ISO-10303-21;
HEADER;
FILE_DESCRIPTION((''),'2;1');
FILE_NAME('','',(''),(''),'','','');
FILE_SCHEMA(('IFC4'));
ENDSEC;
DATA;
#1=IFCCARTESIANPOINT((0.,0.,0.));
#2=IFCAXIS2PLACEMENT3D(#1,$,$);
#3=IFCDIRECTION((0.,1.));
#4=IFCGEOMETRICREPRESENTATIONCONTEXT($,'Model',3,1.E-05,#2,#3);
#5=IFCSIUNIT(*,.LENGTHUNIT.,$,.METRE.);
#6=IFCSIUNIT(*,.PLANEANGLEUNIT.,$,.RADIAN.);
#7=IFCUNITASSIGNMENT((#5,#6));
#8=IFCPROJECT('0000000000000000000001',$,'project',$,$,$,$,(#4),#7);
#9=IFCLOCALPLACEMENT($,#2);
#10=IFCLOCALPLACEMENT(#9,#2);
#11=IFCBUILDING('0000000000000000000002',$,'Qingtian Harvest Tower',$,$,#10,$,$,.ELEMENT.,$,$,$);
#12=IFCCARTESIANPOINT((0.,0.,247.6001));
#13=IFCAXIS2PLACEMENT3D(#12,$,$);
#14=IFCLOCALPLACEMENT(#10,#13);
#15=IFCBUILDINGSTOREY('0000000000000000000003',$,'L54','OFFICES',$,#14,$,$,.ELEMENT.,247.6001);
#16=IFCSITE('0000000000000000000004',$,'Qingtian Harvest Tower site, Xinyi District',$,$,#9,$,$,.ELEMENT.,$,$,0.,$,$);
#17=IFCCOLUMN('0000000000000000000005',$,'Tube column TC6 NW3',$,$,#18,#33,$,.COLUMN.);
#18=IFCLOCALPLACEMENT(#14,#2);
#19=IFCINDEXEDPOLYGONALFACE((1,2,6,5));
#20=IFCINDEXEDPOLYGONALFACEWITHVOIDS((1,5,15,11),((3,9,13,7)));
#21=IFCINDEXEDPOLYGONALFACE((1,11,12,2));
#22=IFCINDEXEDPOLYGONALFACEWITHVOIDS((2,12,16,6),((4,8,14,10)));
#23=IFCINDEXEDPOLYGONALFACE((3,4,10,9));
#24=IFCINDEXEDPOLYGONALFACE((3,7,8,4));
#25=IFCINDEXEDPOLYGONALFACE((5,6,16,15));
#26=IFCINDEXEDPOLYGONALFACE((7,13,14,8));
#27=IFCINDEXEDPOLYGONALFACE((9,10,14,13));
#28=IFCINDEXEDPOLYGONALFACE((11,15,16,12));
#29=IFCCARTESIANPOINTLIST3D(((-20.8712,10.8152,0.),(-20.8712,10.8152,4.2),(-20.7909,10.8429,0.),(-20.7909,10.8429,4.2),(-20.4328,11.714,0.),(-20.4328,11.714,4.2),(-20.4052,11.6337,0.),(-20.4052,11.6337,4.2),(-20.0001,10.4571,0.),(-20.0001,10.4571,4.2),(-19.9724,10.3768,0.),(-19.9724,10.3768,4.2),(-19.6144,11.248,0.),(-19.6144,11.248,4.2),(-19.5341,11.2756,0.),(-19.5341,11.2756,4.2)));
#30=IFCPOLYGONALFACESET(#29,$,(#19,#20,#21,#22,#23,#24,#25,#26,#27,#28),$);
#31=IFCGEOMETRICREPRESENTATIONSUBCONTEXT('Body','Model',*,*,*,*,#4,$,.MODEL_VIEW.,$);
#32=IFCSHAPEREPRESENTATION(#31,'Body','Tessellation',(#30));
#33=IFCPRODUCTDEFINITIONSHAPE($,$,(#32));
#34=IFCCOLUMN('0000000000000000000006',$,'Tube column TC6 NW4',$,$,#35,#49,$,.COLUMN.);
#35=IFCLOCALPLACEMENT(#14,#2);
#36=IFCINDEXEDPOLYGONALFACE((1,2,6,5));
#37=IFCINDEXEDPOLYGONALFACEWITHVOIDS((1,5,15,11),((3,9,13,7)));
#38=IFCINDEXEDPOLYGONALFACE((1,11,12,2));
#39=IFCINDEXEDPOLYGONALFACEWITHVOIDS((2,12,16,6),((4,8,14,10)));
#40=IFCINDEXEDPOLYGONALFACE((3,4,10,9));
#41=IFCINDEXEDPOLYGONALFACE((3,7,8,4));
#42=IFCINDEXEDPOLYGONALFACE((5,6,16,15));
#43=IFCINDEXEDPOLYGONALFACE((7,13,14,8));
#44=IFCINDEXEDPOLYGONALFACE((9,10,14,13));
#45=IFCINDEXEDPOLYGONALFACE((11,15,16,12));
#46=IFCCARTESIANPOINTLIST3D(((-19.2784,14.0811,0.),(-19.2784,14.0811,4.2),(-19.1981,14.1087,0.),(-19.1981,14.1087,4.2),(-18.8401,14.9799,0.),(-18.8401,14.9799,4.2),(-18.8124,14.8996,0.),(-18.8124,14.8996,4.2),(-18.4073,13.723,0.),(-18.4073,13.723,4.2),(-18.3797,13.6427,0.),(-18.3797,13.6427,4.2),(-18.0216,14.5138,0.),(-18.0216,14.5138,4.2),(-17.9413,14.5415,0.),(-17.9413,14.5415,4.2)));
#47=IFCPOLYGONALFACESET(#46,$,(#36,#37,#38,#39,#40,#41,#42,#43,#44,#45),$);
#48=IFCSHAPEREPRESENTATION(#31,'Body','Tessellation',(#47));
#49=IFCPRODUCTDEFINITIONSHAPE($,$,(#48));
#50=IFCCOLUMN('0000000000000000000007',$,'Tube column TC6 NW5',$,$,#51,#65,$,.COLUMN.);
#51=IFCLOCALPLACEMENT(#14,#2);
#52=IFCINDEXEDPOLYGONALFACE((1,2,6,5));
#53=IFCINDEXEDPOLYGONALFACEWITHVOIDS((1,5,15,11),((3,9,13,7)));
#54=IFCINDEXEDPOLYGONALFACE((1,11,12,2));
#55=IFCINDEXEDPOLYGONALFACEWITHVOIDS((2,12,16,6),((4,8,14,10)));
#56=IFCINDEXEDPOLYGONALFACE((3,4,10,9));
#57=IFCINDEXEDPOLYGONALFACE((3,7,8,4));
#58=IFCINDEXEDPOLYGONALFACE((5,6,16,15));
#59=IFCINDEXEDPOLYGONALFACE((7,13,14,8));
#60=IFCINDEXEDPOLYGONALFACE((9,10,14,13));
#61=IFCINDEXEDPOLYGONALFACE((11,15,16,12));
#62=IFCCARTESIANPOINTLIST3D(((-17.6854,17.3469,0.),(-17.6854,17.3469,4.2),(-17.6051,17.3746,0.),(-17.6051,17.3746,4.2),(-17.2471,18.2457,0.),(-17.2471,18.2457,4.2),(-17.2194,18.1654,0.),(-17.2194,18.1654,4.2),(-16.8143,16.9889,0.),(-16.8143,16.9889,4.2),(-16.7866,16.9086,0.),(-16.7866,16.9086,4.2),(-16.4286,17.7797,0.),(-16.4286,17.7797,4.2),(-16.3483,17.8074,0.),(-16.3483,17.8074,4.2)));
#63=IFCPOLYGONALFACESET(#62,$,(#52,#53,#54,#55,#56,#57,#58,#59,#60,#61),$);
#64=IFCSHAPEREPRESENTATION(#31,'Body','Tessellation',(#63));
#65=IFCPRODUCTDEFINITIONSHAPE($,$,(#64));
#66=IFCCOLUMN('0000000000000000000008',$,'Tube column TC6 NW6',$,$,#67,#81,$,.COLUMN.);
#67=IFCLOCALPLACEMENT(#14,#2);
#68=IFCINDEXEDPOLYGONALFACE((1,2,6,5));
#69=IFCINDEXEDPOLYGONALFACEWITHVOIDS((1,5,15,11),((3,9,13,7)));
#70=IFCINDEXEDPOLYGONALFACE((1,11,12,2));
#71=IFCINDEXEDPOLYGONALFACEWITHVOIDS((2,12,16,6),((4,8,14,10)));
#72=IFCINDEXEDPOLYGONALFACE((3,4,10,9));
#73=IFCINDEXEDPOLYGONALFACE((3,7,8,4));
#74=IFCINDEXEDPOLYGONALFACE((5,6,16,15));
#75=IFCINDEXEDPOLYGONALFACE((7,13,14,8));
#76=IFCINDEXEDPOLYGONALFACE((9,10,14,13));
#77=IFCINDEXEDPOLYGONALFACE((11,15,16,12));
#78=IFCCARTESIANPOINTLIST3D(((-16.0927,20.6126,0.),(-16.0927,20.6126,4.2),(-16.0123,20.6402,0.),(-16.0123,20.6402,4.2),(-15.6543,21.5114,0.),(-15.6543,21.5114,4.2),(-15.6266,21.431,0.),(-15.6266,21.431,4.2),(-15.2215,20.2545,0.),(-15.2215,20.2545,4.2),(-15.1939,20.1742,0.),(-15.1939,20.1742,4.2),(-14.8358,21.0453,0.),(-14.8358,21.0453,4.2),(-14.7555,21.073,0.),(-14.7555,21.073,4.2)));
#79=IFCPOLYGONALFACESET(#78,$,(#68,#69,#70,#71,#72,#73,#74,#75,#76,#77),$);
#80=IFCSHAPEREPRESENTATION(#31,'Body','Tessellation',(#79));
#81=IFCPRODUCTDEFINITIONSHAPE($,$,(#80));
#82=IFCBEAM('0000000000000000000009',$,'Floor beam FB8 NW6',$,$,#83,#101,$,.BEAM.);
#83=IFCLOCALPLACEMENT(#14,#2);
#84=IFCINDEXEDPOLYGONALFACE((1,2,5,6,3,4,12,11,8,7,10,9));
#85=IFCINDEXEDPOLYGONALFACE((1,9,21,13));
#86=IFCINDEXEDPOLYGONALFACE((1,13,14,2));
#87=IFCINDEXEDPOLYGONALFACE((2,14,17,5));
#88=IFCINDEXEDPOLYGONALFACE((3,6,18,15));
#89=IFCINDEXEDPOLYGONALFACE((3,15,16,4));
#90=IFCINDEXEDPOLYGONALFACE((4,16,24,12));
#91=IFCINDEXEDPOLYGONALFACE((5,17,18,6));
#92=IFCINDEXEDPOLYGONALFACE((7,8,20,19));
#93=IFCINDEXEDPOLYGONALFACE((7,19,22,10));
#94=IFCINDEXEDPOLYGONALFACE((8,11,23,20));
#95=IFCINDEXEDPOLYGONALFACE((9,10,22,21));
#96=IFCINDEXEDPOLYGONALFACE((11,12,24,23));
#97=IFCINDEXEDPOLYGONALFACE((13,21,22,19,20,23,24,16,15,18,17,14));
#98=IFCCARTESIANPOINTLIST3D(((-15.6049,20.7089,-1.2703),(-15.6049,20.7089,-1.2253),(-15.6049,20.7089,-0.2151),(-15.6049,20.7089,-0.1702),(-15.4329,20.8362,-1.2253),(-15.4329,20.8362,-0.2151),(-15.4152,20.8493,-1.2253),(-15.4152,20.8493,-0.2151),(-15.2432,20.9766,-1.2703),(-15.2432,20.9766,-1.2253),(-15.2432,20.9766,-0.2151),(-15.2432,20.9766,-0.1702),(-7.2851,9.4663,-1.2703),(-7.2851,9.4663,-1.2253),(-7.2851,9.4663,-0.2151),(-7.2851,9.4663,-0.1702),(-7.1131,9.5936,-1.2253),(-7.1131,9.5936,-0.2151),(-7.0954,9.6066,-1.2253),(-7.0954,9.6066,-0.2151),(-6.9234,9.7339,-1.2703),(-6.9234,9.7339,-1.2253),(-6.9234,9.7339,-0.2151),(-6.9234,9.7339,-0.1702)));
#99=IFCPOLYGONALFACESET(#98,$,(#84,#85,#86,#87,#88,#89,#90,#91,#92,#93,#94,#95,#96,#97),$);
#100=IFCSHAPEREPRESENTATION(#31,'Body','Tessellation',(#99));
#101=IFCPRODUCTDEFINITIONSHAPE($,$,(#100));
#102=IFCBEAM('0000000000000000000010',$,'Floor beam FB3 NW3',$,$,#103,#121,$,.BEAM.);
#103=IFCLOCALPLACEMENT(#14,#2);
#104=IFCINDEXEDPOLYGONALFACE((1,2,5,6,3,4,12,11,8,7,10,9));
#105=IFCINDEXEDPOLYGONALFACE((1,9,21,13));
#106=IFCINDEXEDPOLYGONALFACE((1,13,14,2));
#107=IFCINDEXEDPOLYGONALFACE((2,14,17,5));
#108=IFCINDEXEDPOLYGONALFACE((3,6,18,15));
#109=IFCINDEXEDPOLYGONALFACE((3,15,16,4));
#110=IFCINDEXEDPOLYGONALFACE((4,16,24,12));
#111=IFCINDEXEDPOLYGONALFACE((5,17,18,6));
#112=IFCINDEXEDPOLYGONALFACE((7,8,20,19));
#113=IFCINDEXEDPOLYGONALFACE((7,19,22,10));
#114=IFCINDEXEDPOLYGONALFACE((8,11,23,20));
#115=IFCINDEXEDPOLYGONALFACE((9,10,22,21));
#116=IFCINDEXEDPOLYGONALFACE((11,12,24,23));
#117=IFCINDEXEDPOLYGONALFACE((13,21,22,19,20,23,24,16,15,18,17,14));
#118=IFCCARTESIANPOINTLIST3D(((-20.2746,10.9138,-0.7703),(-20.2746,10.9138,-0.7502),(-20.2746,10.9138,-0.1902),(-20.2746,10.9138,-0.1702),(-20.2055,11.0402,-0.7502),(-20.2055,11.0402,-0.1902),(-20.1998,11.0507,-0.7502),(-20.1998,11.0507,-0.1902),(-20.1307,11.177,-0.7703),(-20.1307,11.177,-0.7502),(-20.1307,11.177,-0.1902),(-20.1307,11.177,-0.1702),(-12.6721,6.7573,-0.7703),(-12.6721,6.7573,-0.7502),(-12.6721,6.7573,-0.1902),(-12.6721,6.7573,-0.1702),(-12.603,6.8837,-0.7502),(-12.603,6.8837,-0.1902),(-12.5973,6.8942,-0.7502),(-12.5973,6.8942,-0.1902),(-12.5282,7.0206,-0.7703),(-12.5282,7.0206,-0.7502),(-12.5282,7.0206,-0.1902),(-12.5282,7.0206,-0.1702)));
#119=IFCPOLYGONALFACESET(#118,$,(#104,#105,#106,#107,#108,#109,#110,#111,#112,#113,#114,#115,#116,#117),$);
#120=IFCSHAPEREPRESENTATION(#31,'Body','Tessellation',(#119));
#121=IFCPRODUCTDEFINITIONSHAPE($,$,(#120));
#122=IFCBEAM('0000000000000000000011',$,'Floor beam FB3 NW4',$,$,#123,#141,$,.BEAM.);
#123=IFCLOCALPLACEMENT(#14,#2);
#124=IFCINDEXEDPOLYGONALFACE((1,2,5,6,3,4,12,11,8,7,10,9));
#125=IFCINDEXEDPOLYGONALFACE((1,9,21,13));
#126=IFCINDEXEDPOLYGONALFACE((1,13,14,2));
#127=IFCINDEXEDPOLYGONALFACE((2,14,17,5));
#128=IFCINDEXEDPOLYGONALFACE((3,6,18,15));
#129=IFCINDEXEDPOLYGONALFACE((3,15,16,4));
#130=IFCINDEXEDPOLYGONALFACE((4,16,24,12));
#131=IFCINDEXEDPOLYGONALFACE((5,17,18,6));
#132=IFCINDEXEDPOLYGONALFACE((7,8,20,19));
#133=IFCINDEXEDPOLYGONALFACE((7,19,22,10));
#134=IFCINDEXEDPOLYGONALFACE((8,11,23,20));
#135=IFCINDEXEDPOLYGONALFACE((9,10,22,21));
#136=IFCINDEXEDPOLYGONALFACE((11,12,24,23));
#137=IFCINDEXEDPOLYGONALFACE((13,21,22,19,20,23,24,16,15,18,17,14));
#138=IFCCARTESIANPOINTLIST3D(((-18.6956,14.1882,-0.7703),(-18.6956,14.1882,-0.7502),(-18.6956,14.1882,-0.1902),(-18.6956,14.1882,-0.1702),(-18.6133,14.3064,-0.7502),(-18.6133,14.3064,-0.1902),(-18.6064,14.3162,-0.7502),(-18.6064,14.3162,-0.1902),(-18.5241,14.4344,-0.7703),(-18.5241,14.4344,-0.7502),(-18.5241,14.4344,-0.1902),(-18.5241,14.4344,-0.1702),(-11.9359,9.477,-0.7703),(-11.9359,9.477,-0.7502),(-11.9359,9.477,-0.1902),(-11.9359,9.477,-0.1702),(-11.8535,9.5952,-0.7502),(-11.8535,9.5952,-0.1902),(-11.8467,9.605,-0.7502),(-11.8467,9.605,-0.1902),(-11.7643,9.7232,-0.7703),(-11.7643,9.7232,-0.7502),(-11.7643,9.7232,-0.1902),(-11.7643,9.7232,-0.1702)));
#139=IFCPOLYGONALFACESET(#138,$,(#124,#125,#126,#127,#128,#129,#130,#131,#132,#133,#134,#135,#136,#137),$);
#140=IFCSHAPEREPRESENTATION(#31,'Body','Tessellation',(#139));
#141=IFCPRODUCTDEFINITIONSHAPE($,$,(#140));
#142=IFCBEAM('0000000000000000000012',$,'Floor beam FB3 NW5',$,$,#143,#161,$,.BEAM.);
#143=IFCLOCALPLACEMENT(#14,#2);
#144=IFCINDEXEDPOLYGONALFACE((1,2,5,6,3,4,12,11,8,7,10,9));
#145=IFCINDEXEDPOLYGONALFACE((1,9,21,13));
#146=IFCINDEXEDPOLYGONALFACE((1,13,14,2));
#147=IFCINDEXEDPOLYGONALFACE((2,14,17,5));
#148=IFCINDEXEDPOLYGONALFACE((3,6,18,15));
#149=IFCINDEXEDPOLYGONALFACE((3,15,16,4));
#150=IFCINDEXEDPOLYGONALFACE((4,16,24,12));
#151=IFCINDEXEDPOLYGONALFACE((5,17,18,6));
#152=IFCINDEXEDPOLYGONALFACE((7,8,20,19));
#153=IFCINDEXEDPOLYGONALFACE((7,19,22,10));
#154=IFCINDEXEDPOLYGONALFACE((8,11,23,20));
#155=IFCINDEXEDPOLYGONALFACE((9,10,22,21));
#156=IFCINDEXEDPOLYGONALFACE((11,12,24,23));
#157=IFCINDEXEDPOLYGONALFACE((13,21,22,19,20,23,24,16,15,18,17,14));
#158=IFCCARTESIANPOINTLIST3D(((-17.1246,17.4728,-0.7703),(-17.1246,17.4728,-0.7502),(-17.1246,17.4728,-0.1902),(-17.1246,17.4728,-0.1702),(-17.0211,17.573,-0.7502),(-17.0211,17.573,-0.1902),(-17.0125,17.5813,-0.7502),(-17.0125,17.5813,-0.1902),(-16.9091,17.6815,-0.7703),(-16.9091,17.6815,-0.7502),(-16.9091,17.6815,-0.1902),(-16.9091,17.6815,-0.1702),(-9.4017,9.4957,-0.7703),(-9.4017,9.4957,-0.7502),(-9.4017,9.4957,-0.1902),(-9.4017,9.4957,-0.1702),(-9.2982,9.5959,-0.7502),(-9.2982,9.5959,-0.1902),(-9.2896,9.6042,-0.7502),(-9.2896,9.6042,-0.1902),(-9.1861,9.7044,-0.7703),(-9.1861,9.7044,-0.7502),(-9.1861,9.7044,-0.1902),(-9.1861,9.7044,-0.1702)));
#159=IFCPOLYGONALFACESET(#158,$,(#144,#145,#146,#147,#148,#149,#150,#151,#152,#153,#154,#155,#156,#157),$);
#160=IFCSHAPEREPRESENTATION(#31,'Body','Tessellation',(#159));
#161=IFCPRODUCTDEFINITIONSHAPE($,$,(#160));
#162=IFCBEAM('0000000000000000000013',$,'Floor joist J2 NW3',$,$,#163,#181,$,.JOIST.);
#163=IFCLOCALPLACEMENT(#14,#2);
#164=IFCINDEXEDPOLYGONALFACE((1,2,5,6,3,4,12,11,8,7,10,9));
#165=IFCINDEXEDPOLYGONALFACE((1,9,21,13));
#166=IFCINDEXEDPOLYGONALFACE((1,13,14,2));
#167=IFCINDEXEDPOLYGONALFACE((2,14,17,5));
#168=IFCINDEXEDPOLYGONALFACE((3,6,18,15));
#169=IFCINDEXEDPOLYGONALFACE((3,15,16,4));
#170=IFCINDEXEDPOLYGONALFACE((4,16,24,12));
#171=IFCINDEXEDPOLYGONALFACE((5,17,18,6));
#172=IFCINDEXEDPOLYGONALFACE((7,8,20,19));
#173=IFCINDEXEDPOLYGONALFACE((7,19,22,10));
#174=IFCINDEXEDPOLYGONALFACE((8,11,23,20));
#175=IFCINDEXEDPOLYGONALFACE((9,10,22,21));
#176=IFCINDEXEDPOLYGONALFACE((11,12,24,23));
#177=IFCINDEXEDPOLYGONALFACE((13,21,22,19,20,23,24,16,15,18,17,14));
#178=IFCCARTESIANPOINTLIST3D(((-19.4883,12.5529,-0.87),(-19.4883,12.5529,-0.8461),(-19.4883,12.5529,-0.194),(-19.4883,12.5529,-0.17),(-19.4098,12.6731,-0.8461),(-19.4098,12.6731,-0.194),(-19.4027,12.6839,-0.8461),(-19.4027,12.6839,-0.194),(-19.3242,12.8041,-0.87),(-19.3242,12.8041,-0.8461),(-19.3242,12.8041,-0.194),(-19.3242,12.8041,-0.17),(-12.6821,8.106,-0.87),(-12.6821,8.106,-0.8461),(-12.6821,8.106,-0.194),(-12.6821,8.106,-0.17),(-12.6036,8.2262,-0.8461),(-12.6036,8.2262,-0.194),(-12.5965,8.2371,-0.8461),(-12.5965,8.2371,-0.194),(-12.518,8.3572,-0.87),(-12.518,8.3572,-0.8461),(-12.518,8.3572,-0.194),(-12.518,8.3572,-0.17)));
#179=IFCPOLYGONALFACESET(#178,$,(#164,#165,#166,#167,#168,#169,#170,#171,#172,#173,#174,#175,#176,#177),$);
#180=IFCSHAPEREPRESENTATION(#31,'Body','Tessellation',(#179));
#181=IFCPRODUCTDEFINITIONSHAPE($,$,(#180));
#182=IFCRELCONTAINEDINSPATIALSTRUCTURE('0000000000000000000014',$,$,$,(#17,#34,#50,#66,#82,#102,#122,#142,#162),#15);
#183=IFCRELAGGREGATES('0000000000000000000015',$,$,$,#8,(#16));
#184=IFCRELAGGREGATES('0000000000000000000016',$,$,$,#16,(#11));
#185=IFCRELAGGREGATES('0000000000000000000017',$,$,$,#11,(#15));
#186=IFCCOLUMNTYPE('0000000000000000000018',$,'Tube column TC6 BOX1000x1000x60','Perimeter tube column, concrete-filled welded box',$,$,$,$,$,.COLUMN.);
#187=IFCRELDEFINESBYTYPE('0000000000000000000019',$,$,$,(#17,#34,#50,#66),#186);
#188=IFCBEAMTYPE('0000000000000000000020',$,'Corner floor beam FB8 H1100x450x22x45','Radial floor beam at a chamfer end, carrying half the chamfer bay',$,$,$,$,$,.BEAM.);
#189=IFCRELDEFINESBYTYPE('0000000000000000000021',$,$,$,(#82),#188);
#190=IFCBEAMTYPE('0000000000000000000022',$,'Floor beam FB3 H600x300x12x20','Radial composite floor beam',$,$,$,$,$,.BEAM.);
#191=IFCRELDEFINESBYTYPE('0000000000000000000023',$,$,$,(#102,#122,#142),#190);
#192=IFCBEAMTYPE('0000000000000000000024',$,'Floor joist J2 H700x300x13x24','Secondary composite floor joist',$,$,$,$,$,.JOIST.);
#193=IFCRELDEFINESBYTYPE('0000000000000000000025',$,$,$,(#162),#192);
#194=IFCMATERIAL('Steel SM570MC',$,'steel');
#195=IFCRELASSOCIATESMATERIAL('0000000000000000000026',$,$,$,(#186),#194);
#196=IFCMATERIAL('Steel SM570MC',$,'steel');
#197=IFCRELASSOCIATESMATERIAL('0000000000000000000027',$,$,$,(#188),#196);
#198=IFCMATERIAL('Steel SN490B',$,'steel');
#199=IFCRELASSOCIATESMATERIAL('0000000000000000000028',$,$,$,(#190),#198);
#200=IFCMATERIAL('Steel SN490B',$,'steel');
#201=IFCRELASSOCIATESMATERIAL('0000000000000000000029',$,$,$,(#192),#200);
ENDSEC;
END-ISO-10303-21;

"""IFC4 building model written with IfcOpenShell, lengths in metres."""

from ifc_helpers import new_model, si_unit, direction, frame, origin, origin_2d, place, context, subcontext, project, spatial, hollow_rectangle, i_section, extrude, material, material_profile, profile_set, type_object, element, save


model = new_model("IFC4")

# Units and contexts
model_context = context("Model", 3, precision=1e-05, world=origin(), true_north=direction((0.0, 1.0)))
body_context = subcontext(model_context, "Body", "Model", "MODEL_VIEW")
ifc_project = project(units=[si_unit("LENGTHUNIT", "METRE"), si_unit("PLANEANGLEUNIT", "RADIAN")], contexts=[model_context])

# Site, building, storey
site_placement = place(None, origin())
site = spatial("IfcSite", under=ifc_project, at=site_placement, Name="Qingtian Harvest Tower site, Xinyi District", CompositionType="ELEMENT", RefElevation=0.0)
building_placement = place(site_placement, origin())
building = spatial("IfcBuilding", under=site, at=building_placement, Name="Qingtian Harvest Tower", CompositionType="ELEMENT")
storey_placement = place(building_placement, frame((0.0, 0.0, 247.6001)))
storey = spatial("IfcBuildingStorey", under=building, at=storey_placement, Name="L54", Description="OFFICES", CompositionType="ELEMENT", Elevation=247.6001)

# Columns
ifc_material_1 = material(Name="Steel SM570MC", Category="steel")
ifc_material_profile_1 = material_profile(ifc_material_1, hollow_rectangle(XDim=1.0, YDim=1.0, WallThickness=0.0601, at=origin_2d()), Name="BOX1000x1000x60")
ifc_profile_set_1 = profile_set([ifc_material_profile_1], Name="Steel SM570MC")
column_type = type_object("IfcColumnType", Name="Tube column TC6 BOX1000x1000x60", Description="Perimeter tube column, concrete-filled welded box", PredefinedType="COLUMN", material=ifc_profile_set_1)
for number, where, z_axis, x_axis, name in (
    (1, (-20.2026, 11.0454, 0.0), (0.0, 0.0, 1.0), (-0.438371, -0.898794, 0.0), "Tube column TC6 NW3"),
    (2, (-18.6099, 14.3113, 0.0), (0.0, 0.0, 1.0), (-0.438371, -0.898794, 0.0), "Tube column TC6 NW4"),
    (3, (-17.0168, 17.5771, 0.0), (0.0, 0.0, 1.0), (-0.438371, -0.898794, 0.0), "Tube column TC6 NW5"),
    (4, (-15.4241, 20.8428, 0.0), (0.0, 0.0, 1.0), (-0.438371, -0.898794, 0.0), "Tube column TC6 NW6"),
):
    element("IfcColumn", number, at=place(storey_placement, frame(where, z_axis=z_axis, x_axis=x_axis)), inside=storey, type_object=column_type, Name=name, PredefinedType="COLUMN", context=body_context, shape_type="SweptSolid", body=[
        extrude(hollow_rectangle(XDim=1.0, YDim=1.0, WallThickness=0.0601, at=origin_2d()), origin(), (0.0, 0.0, 1.0), 4.2),
    ])

# Beams
ifc_material_2 = material(Name="Steel SM570MC", Category="steel")
ifc_material_profile_2 = material_profile(ifc_material_2, i_section(OverallWidth=0.45, OverallDepth=1.1001, WebThickness=0.022, FlangeThickness=0.0449, at=origin_2d()), Name="H1100x450x22x45")
ifc_profile_set_2 = profile_set([ifc_material_profile_2], Name="Steel SM570MC")
beam_type_1 = type_object("IfcBeamType", Name="Corner floor beam FB8 H1100x450x22x45", Description="Radial floor beam at a chamfer end, carrying half the chamfer bay", PredefinedType="BEAM", material=ifc_profile_set_2)
beam_1_placement = place(storey_placement, frame((-15.4241, 20.8428, -0.7202), z_axis=(0.594854, -0.803834, 0.0), x_axis=(0.803834, 0.594854, 0.0)))
element("IfcBeam", 5, at=beam_1_placement, inside=storey, type_object=beam_type_1, Name="Floor beam FB8 NW6", PredefinedType="BEAM", context=body_context, shape_type="SweptSolid", body=[
    extrude(i_section(OverallWidth=0.45, OverallDepth=1.1001, WebThickness=0.022, FlangeThickness=0.0449, at=origin_2d()), origin(), (0.0, 0.0, 1.0), 13.9863),
])
ifc_material_3 = material(Name="Steel SN490B", Category="steel")
ifc_material_profile_3 = material_profile(ifc_material_3, i_section(OverallWidth=0.3, OverallDepth=0.6001, WebThickness=0.012, FlangeThickness=0.02, at=origin_2d()), Name="H600x300x12x20")
ifc_profile_set_3 = profile_set([ifc_material_profile_3], Name="Steel SN490B")
beam_type_2 = type_object("IfcBeamType", Name="Floor beam FB3 H600x300x12x20", Description="Radial composite floor beam", PredefinedType="BEAM", material=ifc_profile_set_3)
beam_2_placement = place(storey_placement, frame((-20.2026, 11.0454, -0.4702), z_axis=(0.877427, -0.479711, 0.0), x_axis=(0.479711, 0.877427, 0.0)))
element("IfcBeam", 6, at=beam_2_placement, inside=storey, type_object=beam_type_2, Name="Floor beam FB3 NW3", PredefinedType="BEAM", context=body_context, shape_type="SweptSolid", body=[
    extrude(i_section(OverallWidth=0.3, OverallDepth=0.6001, WebThickness=0.012, FlangeThickness=0.02, at=origin_2d()), origin(), (0.0, 0.0, 1.0), 8.6646),
])
beam_3_placement = place(storey_placement, frame((-18.6099, 14.3113, -0.4702), z_axis=(0.820408, -0.571779, 0.0), x_axis=(0.571779, 0.820408, 0.0)))
element("IfcBeam", 7, at=beam_3_placement, inside=storey, type_object=beam_type_2, Name="Floor beam FB3 NW4", PredefinedType="BEAM", context=body_context, shape_type="SweptSolid", body=[
    extrude(i_section(OverallWidth=0.3, OverallDepth=0.6001, WebThickness=0.012, FlangeThickness=0.02, at=origin_2d()), origin(), (0.0, 0.0, 1.0), 8.2395),
])
beam_4_placement = place(storey_placement, frame((-17.0168, 17.5771, -0.4702), z_axis=(0.695569, -0.718459, 0.0), x_axis=(0.718459, 0.695569, 0.0)))
element("IfcBeam", 8, at=beam_4_placement, inside=storey, type_object=beam_type_2, Name="Floor beam FB3 NW5", PredefinedType="BEAM", context=body_context, shape_type="SweptSolid", body=[
    extrude(i_section(OverallWidth=0.3, OverallDepth=0.6001, WebThickness=0.012, FlangeThickness=0.02, at=origin_2d()), origin(), (0.0, 0.0, 1.0), 11.103),
])
ifc_material_4 = material(Name="Steel SN490B", Category="steel")
ifc_material_profile_4 = material_profile(ifc_material_4, i_section(OverallWidth=0.3, OverallDepth=0.7, WebThickness=0.0129, FlangeThickness=0.0239, at=origin_2d()), Name="H700x300x13x24")
ifc_profile_set_4 = profile_set([ifc_material_profile_4], Name="Steel SN490B")
beam_type_3 = type_object("IfcBeamType", Name="Floor joist J2 H700x300x13x24", Description="Secondary composite floor joist", PredefinedType="JOIST", material=ifc_profile_set_4)
beam_5_placement = place(storey_placement, frame((-19.4062, 12.6785, -0.52), z_axis=(0.837161, -0.546956, 0.0), x_axis=(0.546956, 0.837161, 0.0)))
element("IfcBeam", 9, at=beam_5_placement, inside=storey, type_object=beam_type_3, Name="Floor joist J2 NW3", PredefinedType="JOIST", context=body_context, shape_type="SweptSolid", body=[
    extrude(i_section(OverallWidth=0.3, OverallDepth=0.7, WebThickness=0.0129, FlangeThickness=0.0239, at=origin_2d()), origin(), (0.0, 0.0, 1.0), 8.1301),
])

save(model, "model.ifc")
